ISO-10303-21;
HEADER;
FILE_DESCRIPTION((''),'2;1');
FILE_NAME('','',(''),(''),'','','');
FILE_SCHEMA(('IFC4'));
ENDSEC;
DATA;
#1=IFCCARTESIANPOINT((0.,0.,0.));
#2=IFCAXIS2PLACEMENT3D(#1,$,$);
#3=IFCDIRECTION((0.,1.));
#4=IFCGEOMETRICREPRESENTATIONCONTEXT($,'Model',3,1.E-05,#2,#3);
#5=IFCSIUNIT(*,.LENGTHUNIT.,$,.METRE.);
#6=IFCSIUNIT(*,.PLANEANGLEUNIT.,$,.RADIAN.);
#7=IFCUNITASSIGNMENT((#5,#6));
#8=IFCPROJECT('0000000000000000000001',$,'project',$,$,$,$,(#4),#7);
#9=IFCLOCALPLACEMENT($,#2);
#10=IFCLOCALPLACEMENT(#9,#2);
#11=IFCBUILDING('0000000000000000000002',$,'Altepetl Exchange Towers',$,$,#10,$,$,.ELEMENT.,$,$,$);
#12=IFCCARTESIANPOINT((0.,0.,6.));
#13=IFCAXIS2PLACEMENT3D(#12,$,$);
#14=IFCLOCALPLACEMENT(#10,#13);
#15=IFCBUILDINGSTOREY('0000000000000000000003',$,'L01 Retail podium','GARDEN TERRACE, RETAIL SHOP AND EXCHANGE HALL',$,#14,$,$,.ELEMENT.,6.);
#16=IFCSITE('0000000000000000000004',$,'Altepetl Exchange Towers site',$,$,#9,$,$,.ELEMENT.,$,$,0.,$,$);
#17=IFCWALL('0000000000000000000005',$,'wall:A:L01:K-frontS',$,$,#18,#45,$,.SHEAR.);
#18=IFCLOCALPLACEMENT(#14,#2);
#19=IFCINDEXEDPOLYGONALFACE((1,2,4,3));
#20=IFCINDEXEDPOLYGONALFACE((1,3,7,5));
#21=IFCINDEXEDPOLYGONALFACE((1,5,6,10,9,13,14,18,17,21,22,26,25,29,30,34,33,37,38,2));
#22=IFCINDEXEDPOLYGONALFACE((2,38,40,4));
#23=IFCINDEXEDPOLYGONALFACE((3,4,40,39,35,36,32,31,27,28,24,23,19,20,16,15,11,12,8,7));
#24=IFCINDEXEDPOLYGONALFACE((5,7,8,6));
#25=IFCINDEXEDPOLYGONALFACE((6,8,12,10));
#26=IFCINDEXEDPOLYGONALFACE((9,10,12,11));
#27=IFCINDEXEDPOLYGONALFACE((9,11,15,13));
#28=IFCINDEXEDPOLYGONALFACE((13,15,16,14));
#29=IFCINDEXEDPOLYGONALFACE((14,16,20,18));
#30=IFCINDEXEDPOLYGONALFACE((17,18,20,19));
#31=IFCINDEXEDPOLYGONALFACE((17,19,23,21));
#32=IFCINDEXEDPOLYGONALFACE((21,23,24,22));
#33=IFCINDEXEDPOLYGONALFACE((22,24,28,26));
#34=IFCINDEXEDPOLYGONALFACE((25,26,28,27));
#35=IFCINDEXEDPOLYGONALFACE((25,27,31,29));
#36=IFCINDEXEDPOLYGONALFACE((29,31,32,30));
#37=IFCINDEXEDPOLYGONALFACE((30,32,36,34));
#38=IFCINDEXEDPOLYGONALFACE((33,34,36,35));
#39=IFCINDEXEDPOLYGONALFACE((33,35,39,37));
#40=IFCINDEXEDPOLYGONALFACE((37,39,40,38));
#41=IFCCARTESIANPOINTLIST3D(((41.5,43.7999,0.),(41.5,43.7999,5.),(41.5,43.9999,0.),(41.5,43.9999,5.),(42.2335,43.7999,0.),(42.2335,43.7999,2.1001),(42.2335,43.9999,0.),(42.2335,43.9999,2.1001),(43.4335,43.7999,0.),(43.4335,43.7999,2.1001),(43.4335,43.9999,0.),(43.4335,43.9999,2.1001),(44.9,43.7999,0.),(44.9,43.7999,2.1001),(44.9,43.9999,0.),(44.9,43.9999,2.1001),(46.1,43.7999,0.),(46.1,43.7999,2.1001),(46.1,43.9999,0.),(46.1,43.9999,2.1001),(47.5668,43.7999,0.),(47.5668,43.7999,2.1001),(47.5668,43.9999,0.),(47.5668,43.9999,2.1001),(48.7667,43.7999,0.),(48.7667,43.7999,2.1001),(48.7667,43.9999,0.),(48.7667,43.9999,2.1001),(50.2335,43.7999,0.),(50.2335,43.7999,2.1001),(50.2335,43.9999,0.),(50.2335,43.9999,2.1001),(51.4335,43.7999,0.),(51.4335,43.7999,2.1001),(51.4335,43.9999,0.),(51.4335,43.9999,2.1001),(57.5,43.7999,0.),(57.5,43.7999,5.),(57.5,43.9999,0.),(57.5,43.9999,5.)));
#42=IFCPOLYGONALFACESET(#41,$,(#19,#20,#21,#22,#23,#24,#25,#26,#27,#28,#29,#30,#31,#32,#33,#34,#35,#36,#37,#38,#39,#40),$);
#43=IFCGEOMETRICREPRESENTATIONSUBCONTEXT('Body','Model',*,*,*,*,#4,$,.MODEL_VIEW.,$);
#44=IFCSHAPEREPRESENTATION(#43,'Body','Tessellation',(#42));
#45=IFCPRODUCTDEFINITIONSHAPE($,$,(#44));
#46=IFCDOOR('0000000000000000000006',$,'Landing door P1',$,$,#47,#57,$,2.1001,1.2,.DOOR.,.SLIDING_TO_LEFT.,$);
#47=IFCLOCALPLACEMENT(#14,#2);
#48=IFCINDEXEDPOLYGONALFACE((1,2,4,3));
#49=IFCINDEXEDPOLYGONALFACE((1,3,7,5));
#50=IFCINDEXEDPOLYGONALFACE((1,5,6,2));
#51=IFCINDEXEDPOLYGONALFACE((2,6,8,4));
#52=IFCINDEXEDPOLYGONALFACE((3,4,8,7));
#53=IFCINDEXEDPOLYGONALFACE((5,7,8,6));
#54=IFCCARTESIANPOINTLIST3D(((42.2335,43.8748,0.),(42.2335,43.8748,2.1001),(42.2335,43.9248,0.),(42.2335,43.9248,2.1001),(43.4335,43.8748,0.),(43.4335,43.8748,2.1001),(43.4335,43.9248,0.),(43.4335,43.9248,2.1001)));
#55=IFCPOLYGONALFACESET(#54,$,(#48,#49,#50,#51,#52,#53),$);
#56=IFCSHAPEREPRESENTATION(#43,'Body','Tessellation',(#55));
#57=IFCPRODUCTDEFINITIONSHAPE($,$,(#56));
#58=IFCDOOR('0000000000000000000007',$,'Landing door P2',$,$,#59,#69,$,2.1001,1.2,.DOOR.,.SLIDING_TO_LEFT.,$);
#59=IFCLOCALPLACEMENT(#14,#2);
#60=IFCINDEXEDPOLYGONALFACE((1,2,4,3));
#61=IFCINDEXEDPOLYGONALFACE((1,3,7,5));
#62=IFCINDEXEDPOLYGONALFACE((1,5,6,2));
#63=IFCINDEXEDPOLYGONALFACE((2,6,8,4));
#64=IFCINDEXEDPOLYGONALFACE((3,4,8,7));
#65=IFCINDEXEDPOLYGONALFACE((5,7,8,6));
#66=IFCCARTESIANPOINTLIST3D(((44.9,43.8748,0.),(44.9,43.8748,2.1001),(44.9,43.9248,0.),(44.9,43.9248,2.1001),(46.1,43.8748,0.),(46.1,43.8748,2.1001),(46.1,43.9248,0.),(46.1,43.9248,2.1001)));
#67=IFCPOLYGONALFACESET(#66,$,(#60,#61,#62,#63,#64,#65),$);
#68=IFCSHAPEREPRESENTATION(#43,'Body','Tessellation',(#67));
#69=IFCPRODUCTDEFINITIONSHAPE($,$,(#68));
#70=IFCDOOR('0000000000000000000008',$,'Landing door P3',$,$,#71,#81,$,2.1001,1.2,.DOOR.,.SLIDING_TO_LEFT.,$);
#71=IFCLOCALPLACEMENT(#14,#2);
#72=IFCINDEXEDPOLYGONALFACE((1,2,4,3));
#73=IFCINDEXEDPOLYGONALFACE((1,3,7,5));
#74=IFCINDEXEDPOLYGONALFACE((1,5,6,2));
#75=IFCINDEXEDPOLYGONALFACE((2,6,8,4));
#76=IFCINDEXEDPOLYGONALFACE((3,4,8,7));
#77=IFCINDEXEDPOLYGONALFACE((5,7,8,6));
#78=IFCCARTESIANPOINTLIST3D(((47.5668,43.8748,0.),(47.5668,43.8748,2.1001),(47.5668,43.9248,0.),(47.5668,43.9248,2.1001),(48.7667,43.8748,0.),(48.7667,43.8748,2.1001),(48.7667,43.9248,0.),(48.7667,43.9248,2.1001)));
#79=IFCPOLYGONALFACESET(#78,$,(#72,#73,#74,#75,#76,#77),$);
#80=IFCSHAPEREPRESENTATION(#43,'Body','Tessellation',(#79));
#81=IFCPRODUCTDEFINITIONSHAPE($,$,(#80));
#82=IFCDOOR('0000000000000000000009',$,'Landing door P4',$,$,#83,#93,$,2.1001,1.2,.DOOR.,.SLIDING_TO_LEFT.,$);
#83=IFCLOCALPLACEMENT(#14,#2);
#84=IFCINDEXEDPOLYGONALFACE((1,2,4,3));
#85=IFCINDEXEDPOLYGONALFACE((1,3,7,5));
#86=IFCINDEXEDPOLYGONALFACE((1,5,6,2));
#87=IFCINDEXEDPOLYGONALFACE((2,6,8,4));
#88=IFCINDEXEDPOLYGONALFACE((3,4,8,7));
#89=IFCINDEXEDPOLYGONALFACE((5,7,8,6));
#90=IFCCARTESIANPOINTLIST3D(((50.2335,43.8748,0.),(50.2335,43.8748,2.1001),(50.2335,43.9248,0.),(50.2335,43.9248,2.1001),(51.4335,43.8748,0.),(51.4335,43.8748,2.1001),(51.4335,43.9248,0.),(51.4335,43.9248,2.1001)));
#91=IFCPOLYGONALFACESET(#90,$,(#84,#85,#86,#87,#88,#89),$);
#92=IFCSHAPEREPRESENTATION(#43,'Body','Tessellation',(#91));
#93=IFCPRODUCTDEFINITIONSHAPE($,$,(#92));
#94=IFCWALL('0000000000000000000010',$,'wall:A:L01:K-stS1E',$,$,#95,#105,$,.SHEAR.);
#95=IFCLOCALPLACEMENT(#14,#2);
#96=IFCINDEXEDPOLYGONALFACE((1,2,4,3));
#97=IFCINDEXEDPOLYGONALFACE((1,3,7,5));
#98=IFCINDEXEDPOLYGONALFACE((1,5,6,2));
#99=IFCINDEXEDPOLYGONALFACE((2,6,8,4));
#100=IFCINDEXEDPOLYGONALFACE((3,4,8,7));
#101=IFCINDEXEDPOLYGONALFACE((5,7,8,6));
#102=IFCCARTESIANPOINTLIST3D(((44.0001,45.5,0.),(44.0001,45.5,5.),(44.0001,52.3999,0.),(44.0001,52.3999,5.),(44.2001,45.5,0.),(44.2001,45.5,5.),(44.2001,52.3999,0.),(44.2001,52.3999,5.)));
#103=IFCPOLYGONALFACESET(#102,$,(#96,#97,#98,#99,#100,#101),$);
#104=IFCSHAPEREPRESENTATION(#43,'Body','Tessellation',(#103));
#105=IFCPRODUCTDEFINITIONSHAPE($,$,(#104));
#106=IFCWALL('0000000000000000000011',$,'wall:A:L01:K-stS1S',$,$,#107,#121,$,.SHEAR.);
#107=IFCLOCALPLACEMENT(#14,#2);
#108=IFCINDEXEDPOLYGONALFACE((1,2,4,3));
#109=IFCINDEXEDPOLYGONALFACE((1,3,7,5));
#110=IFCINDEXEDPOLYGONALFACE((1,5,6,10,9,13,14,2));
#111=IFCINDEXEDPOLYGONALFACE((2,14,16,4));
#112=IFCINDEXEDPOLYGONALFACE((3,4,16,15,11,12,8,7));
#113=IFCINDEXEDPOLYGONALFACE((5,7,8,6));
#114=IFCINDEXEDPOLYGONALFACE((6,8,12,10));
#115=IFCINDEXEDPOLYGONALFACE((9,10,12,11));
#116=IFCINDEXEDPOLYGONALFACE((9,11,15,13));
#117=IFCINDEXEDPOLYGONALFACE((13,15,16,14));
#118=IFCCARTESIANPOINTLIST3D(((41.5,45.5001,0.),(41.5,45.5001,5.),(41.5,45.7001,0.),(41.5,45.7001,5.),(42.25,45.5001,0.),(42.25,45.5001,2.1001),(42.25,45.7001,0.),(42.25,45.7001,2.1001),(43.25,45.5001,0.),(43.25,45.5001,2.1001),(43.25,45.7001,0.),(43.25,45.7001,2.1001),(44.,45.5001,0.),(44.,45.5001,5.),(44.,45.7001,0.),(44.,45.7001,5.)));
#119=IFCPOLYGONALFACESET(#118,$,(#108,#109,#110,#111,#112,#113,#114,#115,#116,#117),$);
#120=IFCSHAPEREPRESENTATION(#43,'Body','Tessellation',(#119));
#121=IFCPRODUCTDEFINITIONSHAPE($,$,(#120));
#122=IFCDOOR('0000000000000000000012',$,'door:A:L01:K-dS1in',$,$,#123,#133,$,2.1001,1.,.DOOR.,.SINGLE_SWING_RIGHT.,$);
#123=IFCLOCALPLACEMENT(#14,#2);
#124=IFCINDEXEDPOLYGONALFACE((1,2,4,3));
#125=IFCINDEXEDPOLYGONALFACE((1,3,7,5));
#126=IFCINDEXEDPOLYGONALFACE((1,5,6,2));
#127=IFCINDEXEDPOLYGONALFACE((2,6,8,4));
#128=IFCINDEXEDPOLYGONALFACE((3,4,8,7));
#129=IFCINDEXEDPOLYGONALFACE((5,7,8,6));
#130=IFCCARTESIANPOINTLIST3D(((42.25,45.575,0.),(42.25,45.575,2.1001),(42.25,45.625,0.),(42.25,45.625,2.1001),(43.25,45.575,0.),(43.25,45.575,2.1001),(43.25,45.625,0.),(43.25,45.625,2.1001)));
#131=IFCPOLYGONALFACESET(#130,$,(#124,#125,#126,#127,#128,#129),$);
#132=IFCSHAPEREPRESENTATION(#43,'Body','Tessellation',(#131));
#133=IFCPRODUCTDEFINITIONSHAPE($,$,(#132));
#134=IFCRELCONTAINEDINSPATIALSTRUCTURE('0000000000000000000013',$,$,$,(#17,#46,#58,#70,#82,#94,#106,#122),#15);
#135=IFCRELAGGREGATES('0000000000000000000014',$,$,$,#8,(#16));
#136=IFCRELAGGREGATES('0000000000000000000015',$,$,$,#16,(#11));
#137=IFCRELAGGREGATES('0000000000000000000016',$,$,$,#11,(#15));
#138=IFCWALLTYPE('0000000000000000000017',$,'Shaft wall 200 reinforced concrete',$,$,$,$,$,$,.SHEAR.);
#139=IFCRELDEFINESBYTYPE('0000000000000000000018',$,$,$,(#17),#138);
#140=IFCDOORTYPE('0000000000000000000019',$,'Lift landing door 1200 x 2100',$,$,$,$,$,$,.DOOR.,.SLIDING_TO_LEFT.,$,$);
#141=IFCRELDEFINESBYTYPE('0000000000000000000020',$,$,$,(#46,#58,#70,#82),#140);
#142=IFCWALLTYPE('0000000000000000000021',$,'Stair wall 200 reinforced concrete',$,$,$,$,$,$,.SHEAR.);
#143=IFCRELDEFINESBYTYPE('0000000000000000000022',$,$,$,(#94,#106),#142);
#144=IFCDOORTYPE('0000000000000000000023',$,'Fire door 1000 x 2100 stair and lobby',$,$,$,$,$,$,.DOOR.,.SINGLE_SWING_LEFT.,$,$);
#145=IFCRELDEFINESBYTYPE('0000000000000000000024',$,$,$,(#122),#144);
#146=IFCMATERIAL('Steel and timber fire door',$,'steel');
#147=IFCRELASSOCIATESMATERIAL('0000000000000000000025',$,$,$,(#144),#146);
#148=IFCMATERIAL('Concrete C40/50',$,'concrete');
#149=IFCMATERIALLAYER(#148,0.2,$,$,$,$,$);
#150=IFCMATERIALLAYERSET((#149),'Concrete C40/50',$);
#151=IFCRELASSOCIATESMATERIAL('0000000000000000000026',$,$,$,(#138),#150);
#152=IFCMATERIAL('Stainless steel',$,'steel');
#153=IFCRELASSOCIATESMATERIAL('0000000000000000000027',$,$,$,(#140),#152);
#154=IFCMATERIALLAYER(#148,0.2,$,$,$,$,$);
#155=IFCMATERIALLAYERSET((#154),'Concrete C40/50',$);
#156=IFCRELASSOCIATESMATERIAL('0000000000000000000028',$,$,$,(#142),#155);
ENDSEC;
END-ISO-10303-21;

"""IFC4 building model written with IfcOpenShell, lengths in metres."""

from ifc_helpers import new_model, si_unit, direction, frame, frame_2d, origin, place, context, subcontext, project, spatial, rectangle, extrude, material, layer, layer_set, type_object, element, fill, save


model = new_model("IFC4")

# Units and contexts
model_context = context("Model", 3, precision=1e-05, world=origin(), true_north=direction((0.0, 1.0)))
body_context = subcontext(model_context, "Body", "Model", "MODEL_VIEW")
ifc_project = project(units=[si_unit("LENGTHUNIT", "METRE"), si_unit("PLANEANGLEUNIT", "RADIAN")], contexts=[model_context])

# Site, building, storey
site_placement = place(None, origin())
site = spatial("IfcSite", under=ifc_project, at=site_placement, Name="Altepetl Exchange Towers site", CompositionType="ELEMENT", RefElevation=0.0)
building_placement = place(site_placement, origin())
building = spatial("IfcBuilding", under=site, at=building_placement, Name="Altepetl Exchange Towers", CompositionType="ELEMENT")
storey_placement = place(building_placement, frame((0.0, 0.0, 6.0)))
storey = spatial("IfcBuildingStorey", under=building, at=storey_placement, Name="L01 Retail podium", Description="GARDEN TERRACE, RETAIL SHOP AND EXCHANGE HALL", CompositionType="ELEMENT", Elevation=6.0)

# Shared definitions
ifc_material_1 = material(Name="Steel and timber fire door", Category="steel")
door_type_1 = type_object("IfcDoorType", Name="Fire door 1000 x 2100 stair and lobby", OperationType="SINGLE_SWING_LEFT", PredefinedType="DOOR", material=ifc_material_1)

# Shared definitions
ifc_material_2 = material(Name="Concrete C40/50", Category="concrete")
ifc_layer_1 = layer(ifc_material_2, 0.2)
ifc_layer_set_1 = layer_set([ifc_layer_1], Name="Concrete C40/50")
wall_type_1 = type_object("IfcWallType", Name="Shaft wall 200 reinforced concrete", PredefinedType="SHEAR", material=ifc_layer_set_1)

# Wall, openings, doors
wall_1_placement = place(storey_placement, frame((41.5, 43.8999, 0.0)))
wall_1 = element("IfcWall", 1, at=wall_1_placement, inside=storey, type_object=wall_type_1, Name="wall:A:L01:K-frontS", PredefinedType="SHEAR", context=body_context, shape_type="SweptSolid", body=[
    extrude(rectangle(XDim=16.0, YDim=0.2, at=frame_2d((8.0, 0.0))), origin(), (0.0, 0.0, 1.0), 5.0),
])
opening_1_placement = place(wall_1_placement, frame((0.7334, 0.0, 0.0)))
opening_1 = element("IfcOpeningElement", 2, at=opening_1_placement, cuts=wall_1, PredefinedType="OPENING", context=body_context, shape_type="SweptSolid", body=[
    extrude(rectangle(XDim=1.2, YDim=2.1001, at=frame_2d((0.6001, 1.05))), frame((0.0, 0.1099, 0.0), z_axis=(0.0, -1.0, 0.0), x_axis=(1.0, 0.0, 0.0)), (0.0, 0.0, 1.0), 0.22),
])
opening_2_placement = place(wall_1_placement, frame((3.3999, 0.0, 0.0)))
opening_2 = element("IfcOpeningElement", 3, at=opening_2_placement, cuts=wall_1, PredefinedType="OPENING", context=body_context, shape_type="SweptSolid", body=[
    extrude(rectangle(XDim=1.2, YDim=2.1001, at=frame_2d((0.6001, 1.05))), frame((0.0, 0.1099, 0.0), z_axis=(0.0, -1.0, 0.0), x_axis=(1.0, 0.0, 0.0)), (0.0, 0.0, 1.0), 0.22),
])
opening_3_placement = place(wall_1_placement, frame((6.0667, 0.0, 0.0)))
opening_3 = element("IfcOpeningElement", 4, at=opening_3_placement, cuts=wall_1, PredefinedType="OPENING", context=body_context, shape_type="SweptSolid", body=[
    extrude(rectangle(XDim=1.2, YDim=2.1001, at=frame_2d((0.6001, 1.05))), frame((0.0, 0.1099, 0.0), z_axis=(0.0, -1.0, 0.0), x_axis=(1.0, 0.0, 0.0)), (0.0, 0.0, 1.0), 0.22),
])
opening_4_placement = place(wall_1_placement, frame((8.7334, 0.0, 0.0)))
opening_4 = element("IfcOpeningElement", 5, at=opening_4_placement, cuts=wall_1, PredefinedType="OPENING", context=body_context, shape_type="SweptSolid", body=[
    extrude(rectangle(XDim=1.2, YDim=2.1001, at=frame_2d((0.6001, 1.05))), frame((0.0, 0.1099, 0.0), z_axis=(0.0, -1.0, 0.0), x_axis=(1.0, 0.0, 0.0)), (0.0, 0.0, 1.0), 0.22),
])
ifc_material_3 = material(Name="Stainless steel", Category="steel")
door_type_2 = type_object("IfcDoorType", Name="Lift landing door 1200 x 2100", OperationType="SLIDING_TO_LEFT", PredefinedType="DOOR", material=ifc_material_3)
door_1_placement = place(opening_1_placement, origin())
door_1 = element("IfcDoor", 6, at=door_1_placement, inside=storey, type_object=door_type_2, Name="Landing door P1", OperationType="SLIDING_TO_LEFT", OverallHeight=2.1001, OverallWidth=1.2, PredefinedType="DOOR", context=body_context, shape_type="SweptSolid", body=[
    extrude(rectangle(XDim=1.2, YDim=2.1001, at=frame_2d((0.6001, 1.05))), frame((0.0, 0.0249, 0.0), z_axis=(0.0, -1.0, 0.0), x_axis=(1.0, 0.0, 0.0)), (0.0, 0.0, 1.0), 0.05),
])
fill(opening_1, door_1)
door_2_placement = place(opening_2_placement, origin())
door_2 = element("IfcDoor", 7, at=door_2_placement, inside=storey, type_object=door_type_2, Name="Landing door P2", OperationType="SLIDING_TO_LEFT", OverallHeight=2.1001, OverallWidth=1.2, PredefinedType="DOOR", context=body_context, shape_type="SweptSolid", body=[
    extrude(rectangle(XDim=1.2, YDim=2.1001, at=frame_2d((0.6001, 1.05))), frame((0.0, 0.0249, 0.0), z_axis=(0.0, -1.0, 0.0), x_axis=(1.0, 0.0, 0.0)), (0.0, 0.0, 1.0), 0.05),
])
fill(opening_2, door_2)
door_3_placement = place(opening_3_placement, origin())
door_3 = element("IfcDoor", 8, at=door_3_placement, inside=storey, type_object=door_type_2, Name="Landing door P3", OperationType="SLIDING_TO_LEFT", OverallHeight=2.1001, OverallWidth=1.2, PredefinedType="DOOR", context=body_context, shape_type="SweptSolid", body=[
    extrude(rectangle(XDim=1.2, YDim=2.1001, at=frame_2d((0.6001, 1.05))), frame((0.0, 0.0249, 0.0), z_axis=(0.0, -1.0, 0.0), x_axis=(1.0, 0.0, 0.0)), (0.0, 0.0, 1.0), 0.05),
])
fill(opening_3, door_3)
door_4_placement = place(opening_4_placement, origin())
door_4 = element("IfcDoor", 9, at=door_4_placement, inside=storey, type_object=door_type_2, Name="Landing door P4", OperationType="SLIDING_TO_LEFT", OverallHeight=2.1001, OverallWidth=1.2, PredefinedType="DOOR", context=body_context, shape_type="SweptSolid", body=[
    extrude(rectangle(XDim=1.2, YDim=2.1001, at=frame_2d((0.6001, 1.05))), frame((0.0, 0.0249, 0.0), z_axis=(0.0, -1.0, 0.0), x_axis=(1.0, 0.0, 0.0)), (0.0, 0.0, 1.0), 0.05),
])
fill(opening_4, door_4)

# Wall
ifc_layer_2 = layer(ifc_material_2, 0.2)
ifc_layer_set_2 = layer_set([ifc_layer_2], Name="Concrete C40/50")
wall_type_2 = type_object("IfcWallType", Name="Stair wall 200 reinforced concrete", PredefinedType="SHEAR", material=ifc_layer_set_2)
wall_2_placement = place(storey_placement, frame((44.1001, 45.5, 0.0), z_axis=(0.0, 0.0, 1.0), x_axis=(0.0, 1.0, 0.0)))
element("IfcWall", 10, at=wall_2_placement, inside=storey, type_object=wall_type_2, Name="wall:A:L01:K-stS1E", PredefinedType="SHEAR", context=body_context, shape_type="SweptSolid", body=[
    extrude(rectangle(XDim=6.8999, YDim=0.2, at=frame_2d((3.45, 0.0))), origin(), (0.0, 0.0, 1.0), 5.0),
])

# Wall, opening, door
wall_3_placement = place(storey_placement, frame((41.5, 45.6001, 0.0)))
wall_3 = element("IfcWall", 11, at=wall_3_placement, inside=storey, type_object=wall_type_2, Name="wall:A:L01:K-stS1S", PredefinedType="SHEAR", context=body_context, shape_type="SweptSolid", body=[
    extrude(rectangle(XDim=2.5, YDim=0.2, at=frame_2d((1.25, 0.0))), origin(), (0.0, 0.0, 1.0), 5.0),
])
opening_5_placement = place(wall_3_placement, frame((0.75, 0.0, 0.0)))
opening_5 = element("IfcOpeningElement", 12, at=opening_5_placement, cuts=wall_3, PredefinedType="OPENING", context=body_context, shape_type="SweptSolid", body=[
    extrude(rectangle(XDim=1.0, YDim=2.1001, at=frame_2d((0.5, 1.05))), frame((0.0, 0.1099, 0.0), z_axis=(0.0, -1.0, 0.0), x_axis=(1.0, 0.0, 0.0)), (0.0, 0.0, 1.0), 0.22),
])
door_5_placement = place(opening_5_placement, origin())
door_5 = element("IfcDoor", 13, at=door_5_placement, inside=storey, type_object=door_type_1, Name="door:A:L01:K-dS1in", OperationType="SINGLE_SWING_RIGHT", OverallHeight=2.1001, OverallWidth=1.0, PredefinedType="DOOR", context=body_context, shape_type="SweptSolid", body=[
    extrude(rectangle(XDim=1.0, YDim=2.1001, at=frame_2d((0.5, 1.05))), frame((0.0, 0.0249, 0.0), z_axis=(0.0, -1.0, 0.0), x_axis=(1.0, 0.0, 0.0)), (0.0, 0.0, 1.0), 0.05),
])
fill(opening_5, door_5)

save(model, "model.ifc")
